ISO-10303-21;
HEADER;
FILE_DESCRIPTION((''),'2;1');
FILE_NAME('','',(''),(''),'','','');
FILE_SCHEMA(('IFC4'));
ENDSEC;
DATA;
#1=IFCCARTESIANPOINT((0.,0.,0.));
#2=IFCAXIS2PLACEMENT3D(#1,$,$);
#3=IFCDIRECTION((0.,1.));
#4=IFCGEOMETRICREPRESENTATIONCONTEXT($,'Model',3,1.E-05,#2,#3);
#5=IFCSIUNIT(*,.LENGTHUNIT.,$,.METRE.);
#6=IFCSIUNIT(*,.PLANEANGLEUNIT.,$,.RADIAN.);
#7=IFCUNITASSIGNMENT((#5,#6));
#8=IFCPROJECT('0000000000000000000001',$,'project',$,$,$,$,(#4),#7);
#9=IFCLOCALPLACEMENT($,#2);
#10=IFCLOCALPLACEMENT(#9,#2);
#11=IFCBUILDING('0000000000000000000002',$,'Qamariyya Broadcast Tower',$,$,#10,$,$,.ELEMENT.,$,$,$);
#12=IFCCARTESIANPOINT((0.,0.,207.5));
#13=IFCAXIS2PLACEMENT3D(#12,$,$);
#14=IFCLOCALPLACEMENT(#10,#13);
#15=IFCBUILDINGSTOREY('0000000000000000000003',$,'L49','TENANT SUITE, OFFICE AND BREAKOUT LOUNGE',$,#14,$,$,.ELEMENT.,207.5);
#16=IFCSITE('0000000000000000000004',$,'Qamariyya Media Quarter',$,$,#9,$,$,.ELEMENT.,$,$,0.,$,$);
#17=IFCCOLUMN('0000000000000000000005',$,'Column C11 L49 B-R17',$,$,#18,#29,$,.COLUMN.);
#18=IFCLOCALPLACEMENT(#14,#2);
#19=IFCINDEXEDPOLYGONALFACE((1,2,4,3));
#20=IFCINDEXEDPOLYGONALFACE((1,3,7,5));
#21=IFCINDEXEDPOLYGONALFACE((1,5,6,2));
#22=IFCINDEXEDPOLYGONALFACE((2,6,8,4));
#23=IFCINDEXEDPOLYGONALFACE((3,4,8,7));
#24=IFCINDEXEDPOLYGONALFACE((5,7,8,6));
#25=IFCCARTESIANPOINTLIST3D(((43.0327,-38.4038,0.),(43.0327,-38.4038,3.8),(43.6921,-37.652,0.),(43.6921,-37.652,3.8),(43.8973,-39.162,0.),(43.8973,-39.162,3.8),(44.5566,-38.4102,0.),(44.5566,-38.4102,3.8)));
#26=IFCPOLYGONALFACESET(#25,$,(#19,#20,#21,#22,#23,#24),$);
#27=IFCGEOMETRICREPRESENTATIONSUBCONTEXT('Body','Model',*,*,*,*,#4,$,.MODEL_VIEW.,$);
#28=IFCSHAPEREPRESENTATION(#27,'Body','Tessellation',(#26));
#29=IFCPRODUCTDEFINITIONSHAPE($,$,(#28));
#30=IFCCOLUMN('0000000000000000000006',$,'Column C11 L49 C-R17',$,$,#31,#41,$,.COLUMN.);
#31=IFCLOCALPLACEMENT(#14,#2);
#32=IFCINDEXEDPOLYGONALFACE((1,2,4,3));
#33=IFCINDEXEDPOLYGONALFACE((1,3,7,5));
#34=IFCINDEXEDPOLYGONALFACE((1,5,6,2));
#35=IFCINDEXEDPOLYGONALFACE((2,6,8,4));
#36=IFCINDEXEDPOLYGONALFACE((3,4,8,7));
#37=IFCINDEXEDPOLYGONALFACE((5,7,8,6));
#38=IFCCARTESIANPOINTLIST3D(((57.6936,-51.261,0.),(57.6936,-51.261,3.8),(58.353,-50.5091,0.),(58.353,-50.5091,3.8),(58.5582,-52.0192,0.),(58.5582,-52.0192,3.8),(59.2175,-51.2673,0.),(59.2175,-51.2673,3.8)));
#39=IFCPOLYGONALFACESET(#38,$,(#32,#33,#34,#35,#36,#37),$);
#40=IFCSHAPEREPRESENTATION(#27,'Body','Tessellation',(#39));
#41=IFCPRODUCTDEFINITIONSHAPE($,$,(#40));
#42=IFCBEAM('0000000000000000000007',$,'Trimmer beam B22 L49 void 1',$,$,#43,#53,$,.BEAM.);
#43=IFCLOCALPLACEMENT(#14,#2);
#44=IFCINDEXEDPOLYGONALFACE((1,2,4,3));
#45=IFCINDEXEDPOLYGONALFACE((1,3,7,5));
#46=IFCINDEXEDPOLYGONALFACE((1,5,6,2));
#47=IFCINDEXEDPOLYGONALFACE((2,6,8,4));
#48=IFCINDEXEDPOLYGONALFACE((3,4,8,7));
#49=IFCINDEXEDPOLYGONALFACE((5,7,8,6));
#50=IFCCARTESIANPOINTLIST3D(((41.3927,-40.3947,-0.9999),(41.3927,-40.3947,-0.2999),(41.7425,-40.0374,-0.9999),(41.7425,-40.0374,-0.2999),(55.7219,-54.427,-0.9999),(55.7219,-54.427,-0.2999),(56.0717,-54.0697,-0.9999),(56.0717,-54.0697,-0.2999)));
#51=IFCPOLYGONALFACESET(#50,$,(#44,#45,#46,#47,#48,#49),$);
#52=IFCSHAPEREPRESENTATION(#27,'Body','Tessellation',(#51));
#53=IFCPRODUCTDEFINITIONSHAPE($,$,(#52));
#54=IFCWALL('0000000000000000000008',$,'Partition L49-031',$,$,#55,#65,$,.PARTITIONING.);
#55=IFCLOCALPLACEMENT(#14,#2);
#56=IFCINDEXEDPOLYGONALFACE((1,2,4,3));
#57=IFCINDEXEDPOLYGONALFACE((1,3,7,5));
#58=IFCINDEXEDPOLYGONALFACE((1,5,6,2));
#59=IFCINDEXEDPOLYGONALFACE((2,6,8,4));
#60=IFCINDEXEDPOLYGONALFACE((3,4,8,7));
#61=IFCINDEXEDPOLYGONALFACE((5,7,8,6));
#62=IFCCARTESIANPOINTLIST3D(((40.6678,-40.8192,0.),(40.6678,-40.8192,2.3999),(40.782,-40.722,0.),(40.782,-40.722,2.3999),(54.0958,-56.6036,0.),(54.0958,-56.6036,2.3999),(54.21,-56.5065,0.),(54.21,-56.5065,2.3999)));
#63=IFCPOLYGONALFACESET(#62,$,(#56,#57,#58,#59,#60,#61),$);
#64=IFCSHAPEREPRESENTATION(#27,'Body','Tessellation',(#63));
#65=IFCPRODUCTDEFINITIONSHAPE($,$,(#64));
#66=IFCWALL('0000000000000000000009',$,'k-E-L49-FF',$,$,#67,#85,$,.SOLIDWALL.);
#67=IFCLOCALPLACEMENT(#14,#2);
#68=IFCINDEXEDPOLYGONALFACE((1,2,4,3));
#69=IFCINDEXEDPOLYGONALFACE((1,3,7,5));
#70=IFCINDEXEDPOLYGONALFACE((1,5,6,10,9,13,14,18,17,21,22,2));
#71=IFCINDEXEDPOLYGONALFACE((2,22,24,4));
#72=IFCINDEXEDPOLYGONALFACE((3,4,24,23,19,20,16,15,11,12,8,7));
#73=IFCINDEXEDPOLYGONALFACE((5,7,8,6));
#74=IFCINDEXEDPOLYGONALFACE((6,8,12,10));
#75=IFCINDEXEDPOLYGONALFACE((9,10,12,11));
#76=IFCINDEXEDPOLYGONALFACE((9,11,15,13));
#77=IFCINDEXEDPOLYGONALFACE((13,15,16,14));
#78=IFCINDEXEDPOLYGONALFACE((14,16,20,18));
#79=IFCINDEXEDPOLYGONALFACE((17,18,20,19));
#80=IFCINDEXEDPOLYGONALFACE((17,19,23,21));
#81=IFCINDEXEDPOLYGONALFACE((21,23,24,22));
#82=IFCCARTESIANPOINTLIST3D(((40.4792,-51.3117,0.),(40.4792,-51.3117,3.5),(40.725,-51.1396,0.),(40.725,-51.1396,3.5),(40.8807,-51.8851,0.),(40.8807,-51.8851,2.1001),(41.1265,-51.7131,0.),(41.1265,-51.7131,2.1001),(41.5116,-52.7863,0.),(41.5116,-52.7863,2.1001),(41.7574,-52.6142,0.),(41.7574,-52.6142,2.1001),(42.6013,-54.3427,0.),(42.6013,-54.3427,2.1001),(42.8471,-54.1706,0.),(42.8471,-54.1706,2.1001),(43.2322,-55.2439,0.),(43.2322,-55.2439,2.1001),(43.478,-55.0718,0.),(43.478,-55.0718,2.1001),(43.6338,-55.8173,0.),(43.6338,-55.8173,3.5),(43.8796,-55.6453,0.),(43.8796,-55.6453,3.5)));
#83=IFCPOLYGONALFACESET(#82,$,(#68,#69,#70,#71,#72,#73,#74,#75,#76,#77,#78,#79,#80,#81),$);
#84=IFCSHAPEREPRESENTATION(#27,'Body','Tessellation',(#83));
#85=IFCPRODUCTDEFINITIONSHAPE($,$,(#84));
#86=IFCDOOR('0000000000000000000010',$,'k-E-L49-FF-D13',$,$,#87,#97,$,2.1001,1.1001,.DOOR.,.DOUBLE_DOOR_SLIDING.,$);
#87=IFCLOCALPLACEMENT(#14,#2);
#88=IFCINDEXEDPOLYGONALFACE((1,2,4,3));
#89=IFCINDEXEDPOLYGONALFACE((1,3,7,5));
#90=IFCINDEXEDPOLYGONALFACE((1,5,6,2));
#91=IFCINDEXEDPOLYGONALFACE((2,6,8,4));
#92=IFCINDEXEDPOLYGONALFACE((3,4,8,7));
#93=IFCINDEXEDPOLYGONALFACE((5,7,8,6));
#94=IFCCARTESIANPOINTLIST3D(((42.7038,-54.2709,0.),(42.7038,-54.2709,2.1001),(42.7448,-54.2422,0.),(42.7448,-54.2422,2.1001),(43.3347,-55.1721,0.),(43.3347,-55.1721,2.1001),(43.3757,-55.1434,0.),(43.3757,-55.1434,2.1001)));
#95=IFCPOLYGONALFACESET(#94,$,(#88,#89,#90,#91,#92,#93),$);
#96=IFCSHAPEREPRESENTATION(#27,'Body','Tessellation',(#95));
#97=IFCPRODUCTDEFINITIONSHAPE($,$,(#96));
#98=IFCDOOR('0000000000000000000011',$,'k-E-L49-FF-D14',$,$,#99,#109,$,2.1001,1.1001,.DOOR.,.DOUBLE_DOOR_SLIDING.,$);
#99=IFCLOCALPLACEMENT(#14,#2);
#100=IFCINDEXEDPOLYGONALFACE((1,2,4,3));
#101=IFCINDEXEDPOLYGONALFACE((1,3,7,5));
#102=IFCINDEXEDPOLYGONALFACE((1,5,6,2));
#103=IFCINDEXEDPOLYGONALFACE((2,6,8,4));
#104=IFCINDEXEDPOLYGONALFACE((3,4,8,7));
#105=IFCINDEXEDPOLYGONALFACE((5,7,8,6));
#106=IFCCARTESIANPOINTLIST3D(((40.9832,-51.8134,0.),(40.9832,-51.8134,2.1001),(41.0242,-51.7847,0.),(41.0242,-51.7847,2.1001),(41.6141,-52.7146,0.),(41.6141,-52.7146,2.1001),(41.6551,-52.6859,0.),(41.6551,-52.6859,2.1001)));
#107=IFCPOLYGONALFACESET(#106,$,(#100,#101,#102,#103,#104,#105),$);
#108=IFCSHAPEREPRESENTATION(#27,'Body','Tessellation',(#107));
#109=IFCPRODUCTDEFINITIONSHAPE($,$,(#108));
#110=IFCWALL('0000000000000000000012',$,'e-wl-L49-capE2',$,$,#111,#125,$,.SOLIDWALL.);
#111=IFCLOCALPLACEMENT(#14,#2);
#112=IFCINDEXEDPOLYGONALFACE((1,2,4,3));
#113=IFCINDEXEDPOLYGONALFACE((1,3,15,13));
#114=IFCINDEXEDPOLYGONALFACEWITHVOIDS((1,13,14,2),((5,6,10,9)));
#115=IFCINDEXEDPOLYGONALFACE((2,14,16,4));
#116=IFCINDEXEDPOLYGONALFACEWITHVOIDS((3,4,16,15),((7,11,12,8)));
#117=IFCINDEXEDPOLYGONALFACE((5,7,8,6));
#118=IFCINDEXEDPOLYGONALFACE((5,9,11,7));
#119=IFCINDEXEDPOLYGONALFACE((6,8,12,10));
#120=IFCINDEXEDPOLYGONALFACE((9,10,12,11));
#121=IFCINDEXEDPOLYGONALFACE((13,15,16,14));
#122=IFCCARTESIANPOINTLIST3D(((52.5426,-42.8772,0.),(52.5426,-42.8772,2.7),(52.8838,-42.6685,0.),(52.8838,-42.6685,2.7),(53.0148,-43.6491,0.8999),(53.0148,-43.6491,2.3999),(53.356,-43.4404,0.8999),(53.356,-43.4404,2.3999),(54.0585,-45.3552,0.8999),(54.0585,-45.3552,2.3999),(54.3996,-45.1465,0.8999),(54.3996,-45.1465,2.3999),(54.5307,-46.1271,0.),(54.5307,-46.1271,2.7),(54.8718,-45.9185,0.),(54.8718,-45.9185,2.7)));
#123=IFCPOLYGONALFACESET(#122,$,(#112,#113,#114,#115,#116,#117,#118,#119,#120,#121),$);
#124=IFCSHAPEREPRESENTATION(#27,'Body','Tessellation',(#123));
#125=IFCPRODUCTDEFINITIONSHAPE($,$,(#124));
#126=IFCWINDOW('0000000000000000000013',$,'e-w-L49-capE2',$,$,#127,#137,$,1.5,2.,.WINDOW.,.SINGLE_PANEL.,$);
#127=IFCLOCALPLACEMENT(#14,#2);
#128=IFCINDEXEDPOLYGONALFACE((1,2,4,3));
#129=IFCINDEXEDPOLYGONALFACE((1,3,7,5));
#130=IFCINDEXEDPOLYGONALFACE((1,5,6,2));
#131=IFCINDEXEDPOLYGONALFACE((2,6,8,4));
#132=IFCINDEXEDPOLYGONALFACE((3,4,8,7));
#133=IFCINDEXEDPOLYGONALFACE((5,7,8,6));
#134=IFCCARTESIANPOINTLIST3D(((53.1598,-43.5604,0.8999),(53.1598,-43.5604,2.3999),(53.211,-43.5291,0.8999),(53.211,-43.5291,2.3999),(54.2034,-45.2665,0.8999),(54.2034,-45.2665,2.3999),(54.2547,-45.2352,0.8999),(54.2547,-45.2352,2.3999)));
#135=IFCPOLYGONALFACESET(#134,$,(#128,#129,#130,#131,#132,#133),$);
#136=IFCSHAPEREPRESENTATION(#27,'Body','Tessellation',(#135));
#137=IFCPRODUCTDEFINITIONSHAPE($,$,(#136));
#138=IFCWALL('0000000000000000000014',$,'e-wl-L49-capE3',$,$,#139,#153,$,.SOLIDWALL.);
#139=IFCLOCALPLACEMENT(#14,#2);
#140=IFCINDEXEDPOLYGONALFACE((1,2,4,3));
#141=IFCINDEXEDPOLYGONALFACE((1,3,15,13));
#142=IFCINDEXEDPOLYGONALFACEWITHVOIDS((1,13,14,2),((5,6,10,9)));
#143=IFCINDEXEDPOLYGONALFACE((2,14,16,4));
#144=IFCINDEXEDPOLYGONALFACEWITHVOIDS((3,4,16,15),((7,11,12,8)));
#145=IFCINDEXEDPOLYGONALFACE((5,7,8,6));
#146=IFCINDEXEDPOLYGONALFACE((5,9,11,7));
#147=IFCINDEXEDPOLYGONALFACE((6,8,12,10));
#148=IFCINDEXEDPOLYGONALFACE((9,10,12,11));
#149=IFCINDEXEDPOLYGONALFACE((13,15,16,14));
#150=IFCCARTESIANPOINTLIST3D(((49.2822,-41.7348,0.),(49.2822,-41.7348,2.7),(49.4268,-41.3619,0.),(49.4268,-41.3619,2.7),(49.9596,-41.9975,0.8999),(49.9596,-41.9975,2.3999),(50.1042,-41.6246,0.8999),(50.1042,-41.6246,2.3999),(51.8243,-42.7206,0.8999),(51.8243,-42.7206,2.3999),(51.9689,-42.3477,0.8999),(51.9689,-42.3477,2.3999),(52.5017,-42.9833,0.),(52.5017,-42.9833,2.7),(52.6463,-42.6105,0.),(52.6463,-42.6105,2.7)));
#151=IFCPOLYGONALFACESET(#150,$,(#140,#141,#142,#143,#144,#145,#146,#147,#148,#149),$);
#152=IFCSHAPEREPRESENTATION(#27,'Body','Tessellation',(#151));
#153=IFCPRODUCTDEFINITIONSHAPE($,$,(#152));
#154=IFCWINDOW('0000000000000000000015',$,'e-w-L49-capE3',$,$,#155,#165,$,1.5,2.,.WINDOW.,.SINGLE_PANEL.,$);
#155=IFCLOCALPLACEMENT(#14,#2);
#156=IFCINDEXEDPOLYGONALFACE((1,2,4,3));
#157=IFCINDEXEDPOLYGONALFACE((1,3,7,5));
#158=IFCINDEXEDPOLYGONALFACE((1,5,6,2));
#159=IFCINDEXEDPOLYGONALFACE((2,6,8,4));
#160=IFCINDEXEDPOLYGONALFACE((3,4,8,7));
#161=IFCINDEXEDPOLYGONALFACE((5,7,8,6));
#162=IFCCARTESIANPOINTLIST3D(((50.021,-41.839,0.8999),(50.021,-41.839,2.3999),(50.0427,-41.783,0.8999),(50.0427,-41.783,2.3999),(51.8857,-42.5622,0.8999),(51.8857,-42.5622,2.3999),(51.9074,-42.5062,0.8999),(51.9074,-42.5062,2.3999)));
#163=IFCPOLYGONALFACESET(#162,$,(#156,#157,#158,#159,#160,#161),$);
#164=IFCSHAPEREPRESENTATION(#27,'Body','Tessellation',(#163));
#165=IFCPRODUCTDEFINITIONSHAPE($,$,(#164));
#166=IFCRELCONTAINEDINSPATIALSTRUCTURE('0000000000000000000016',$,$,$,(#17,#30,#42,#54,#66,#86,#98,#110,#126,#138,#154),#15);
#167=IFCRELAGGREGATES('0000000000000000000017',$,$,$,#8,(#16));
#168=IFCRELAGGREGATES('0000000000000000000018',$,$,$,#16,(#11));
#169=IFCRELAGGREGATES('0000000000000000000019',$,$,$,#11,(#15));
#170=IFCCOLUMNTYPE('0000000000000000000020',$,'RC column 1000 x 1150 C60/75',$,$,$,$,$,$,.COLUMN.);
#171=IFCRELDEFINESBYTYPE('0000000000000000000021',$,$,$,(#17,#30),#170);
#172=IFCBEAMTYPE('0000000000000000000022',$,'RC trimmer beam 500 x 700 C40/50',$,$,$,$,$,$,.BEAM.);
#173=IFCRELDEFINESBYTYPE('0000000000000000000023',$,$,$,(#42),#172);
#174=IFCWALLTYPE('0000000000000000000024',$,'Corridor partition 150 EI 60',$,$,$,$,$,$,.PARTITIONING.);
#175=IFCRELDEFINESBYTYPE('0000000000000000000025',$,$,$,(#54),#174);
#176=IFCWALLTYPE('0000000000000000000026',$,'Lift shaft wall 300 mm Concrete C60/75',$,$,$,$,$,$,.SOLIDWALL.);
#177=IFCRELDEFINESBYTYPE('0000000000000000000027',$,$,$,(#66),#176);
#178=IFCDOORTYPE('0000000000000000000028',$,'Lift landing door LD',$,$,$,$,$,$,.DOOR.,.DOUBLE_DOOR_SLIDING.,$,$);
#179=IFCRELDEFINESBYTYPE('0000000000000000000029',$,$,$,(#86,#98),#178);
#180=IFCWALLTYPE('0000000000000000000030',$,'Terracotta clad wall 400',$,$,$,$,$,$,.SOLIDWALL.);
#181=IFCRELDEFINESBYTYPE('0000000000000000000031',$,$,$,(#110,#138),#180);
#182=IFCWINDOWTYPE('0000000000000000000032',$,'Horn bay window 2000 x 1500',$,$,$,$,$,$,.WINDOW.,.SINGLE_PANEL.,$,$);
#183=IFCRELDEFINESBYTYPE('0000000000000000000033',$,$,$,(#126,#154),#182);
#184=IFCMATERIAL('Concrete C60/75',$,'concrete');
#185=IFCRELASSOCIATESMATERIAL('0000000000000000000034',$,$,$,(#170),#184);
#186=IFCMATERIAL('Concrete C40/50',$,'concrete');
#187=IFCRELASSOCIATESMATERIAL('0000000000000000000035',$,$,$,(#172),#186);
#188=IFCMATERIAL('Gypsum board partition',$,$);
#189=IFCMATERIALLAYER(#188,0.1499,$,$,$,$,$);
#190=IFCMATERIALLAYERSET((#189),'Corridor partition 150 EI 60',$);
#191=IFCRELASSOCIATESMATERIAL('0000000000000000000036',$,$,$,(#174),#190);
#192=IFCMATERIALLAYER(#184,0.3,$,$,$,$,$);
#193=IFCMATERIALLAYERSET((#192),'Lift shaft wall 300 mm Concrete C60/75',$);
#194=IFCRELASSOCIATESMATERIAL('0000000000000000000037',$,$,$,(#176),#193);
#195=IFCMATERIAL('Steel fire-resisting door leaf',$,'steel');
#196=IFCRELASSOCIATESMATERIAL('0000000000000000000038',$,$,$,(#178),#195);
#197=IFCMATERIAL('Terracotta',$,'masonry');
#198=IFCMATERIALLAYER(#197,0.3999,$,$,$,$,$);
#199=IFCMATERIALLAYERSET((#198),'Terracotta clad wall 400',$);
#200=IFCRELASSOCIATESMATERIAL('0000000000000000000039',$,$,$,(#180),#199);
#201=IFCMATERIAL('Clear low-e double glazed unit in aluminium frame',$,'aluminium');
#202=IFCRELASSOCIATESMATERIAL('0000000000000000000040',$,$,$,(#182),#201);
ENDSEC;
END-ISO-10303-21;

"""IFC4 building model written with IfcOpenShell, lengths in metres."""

from ifc_helpers import new_model, si_unit, direction, frame, frame_2d, origin, origin_2d, place, context, subcontext, project, spatial, rectangle, extrude, material, layer, layer_set, material_profile, profile_set, type_object, element, fill, save


model = new_model("IFC4")

# Units and contexts
model_context = context("Model", 3, precision=1e-05, world=origin(), true_north=direction((0.0, 1.0)))
body_context = subcontext(model_context, "Body", "Model", "MODEL_VIEW")
ifc_project = project(units=[si_unit("LENGTHUNIT", "METRE"), si_unit("PLANEANGLEUNIT", "RADIAN")], contexts=[model_context])

# Site, building, storey
site_placement = place(None, origin())
site = spatial("IfcSite", under=ifc_project, at=site_placement, Name="Qamariyya Media Quarter", CompositionType="ELEMENT", RefElevation=0.0)
building_placement = place(site_placement, origin())
building = spatial("IfcBuilding", under=site, at=building_placement, Name="Qamariyya Broadcast Tower", CompositionType="ELEMENT")
storey_placement = place(building_placement, frame((0.0, 0.0, 207.5)))
storey = spatial("IfcBuildingStorey", under=building, at=storey_placement, Name="L49", Description="TENANT SUITE, OFFICE AND BREAKOUT LOUNGE", CompositionType="ELEMENT", Elevation=207.5)

# Columns
ifc_material_1 = material(Name="Concrete C60/75", Category="concrete")
ifc_material_profile_1 = material_profile(ifc_material_1, rectangle(XDim=1.0, YDim=1.1499, at=origin_2d()))
ifc_profile_set_1 = profile_set([ifc_material_profile_1], Name="Concrete C60/75")
column_type = type_object("IfcColumnType", Name="RC column 1000 x 1150 C60/75", PredefinedType="COLUMN", material=ifc_profile_set_1)
for number, where, z_axis, x_axis, name in (
    (1, (43.7947, -38.407, 0.0), (0.0, 0.0, 1.0), (0.659346, 0.75184, 0.0), "Column C11 L49 B-R17"),
    (2, (58.4556, -51.2642, 0.0), (0.0, 0.0, 1.0), (0.659346, 0.75184, 0.0), "Column C11 L49 C-R17"),
):
    element("IfcColumn", number, at=place(storey_placement, frame(where, z_axis=z_axis, x_axis=x_axis)), inside=storey, type_object=column_type, Name=name, PredefinedType="COLUMN", context=body_context, shape_type="SweptSolid", body=[
        extrude(rectangle(XDim=1.0, YDim=1.1499, at=origin_2d()), origin(), (0.0, 0.0, 1.0), 3.8),
    ])

# Beam
ifc_material_2 = material(Name="Concrete C40/50", Category="concrete")
ifc_material_profile_2 = material_profile(ifc_material_2, rectangle(XDim=0.5, YDim=0.7, at=origin_2d()))
ifc_profile_set_2 = profile_set([ifc_material_profile_2], Name="Concrete C40/50")
beam_type = type_object("IfcBeamType", Name="RC trimmer beam 500 x 700 C40/50", PredefinedType="BEAM", material=ifc_profile_set_2)
beam_placement = place(storey_placement, frame((41.5676, -40.2161, -0.6499), z_axis=(0.714469, -0.699667, 0.0), x_axis=(0.699667, 0.714469, 0.0)))
element("IfcBeam", 3, at=beam_placement, inside=storey, type_object=beam_type, Name="Trimmer beam B22 L49 void 1", PredefinedType="BEAM", context=body_context, shape_type="SweptSolid", body=[
    extrude(rectangle(XDim=0.5, YDim=0.7, at=origin_2d()), origin(), (0.0, 0.0, 1.0), 20.0557),
])

# Wall
ifc_material_3 = material(Name="Gypsum board partition")
ifc_layer_1 = layer(ifc_material_3, 0.1499)
ifc_layer_set_1 = layer_set([ifc_layer_1], Name="Corridor partition 150 EI 60")
wall_type_1 = type_object("IfcWallType", Name="Corridor partition 150 EI 60", PredefinedType="PARTITIONING", material=ifc_layer_set_1)
wall_1_placement = place(storey_placement, frame((40.7249, -40.7705, 0.0), z_axis=(0.0, 0.0, 1.0), x_axis=(0.647963, -0.761672, 0.0)))
element("IfcWall", 4, at=wall_1_placement, inside=storey, type_object=wall_type_1, Name="Partition L49-031", PredefinedType="PARTITIONING", context=body_context, shape_type="SweptSolid", body=[
    extrude(rectangle(XDim=20.7234, YDim=0.1499, at=frame_2d((10.3618, 0.0))), origin(), (0.0, 0.0, 1.0), 2.3999),
])

# Wall, openings, doors
ifc_layer_2 = layer(ifc_material_1, 0.3)
ifc_layer_set_2 = layer_set([ifc_layer_2], Name="Lift shaft wall 300 mm Concrete C60/75")
wall_type_2 = type_object("IfcWallType", Name="Lift shaft wall 300 mm Concrete C60/75", PredefinedType="SOLIDWALL", material=ifc_layer_set_2)
wall_2_placement = place(storey_placement, frame((43.7566, -55.7312, 0.0), z_axis=(0.0, 0.0, 1.0), x_axis=(-0.573537, 0.81918, 0.0)))
wall_2 = element("IfcWall", 5, at=wall_2_placement, inside=storey, type_object=wall_type_2, Name="k-E-L49-FF", PredefinedType="SOLIDWALL", context=body_context, shape_type="SweptSolid", body=[
    extrude(rectangle(XDim=5.5002, YDim=0.3, at=frame_2d((2.75, 0.0))), origin(), (0.0, 0.0, 1.0), 3.5),
])
opening_1_placement = place(wall_2_placement, frame((0.7, 0.0, 0.0)))
opening_1 = element("IfcOpeningElement", 6, at=opening_1_placement, cuts=wall_2, PredefinedType="OPENING", context=body_context, shape_type="SweptSolid", body=[
    extrude(rectangle(XDim=1.1001, YDim=2.1001, at=frame_2d((0.55, 1.05))), frame((0.0, 0.1599, 0.0), z_axis=(0.0, -1.0, 0.0), x_axis=(1.0, 0.0, 0.0)), (0.0, 0.0, 1.0), 0.3201),
])
opening_2_placement = place(wall_2_placement, frame((3.7, 0.0, 0.0)))
opening_2 = element("IfcOpeningElement", 7, at=opening_2_placement, cuts=wall_2, PredefinedType="OPENING", context=body_context, shape_type="SweptSolid", body=[
    extrude(rectangle(XDim=1.1001, YDim=2.1001, at=frame_2d((0.55, 1.05))), frame((0.0, 0.1599, 0.0), z_axis=(0.0, -1.0, 0.0), x_axis=(1.0, 0.0, 0.0)), (0.0, 0.0, 1.0), 0.3201),
])
ifc_material_4 = material(Name="Steel fire-resisting door leaf", Category="steel")
door_type = type_object("IfcDoorType", Name="Lift landing door LD", OperationType="DOUBLE_DOOR_SLIDING", PredefinedType="DOOR", material=ifc_material_4)
door_1_placement = place(opening_1_placement, origin())
door_1 = element("IfcDoor", 8, at=door_1_placement, inside=storey, type_object=door_type, Name="k-E-L49-FF-D13", OperationType="DOUBLE_DOOR_SLIDING", OverallHeight=2.1001, OverallWidth=1.1001, PredefinedType="DOOR", context=body_context, shape_type="SweptSolid", body=[
    extrude(rectangle(XDim=1.1001, YDim=2.1001, at=frame_2d((0.55, 1.05))), frame((0.0, 0.0249, 0.0), z_axis=(0.0, -1.0, 0.0), x_axis=(1.0, 0.0, 0.0)), (0.0, 0.0, 1.0), 0.05),
])
fill(opening_1, door_1)
door_2_placement = place(opening_2_placement, origin())
door_2 = element("IfcDoor", 9, at=door_2_placement, inside=storey, type_object=door_type, Name="k-E-L49-FF-D14", OperationType="DOUBLE_DOOR_SLIDING", OverallHeight=2.1001, OverallWidth=1.1001, PredefinedType="DOOR", context=body_context, shape_type="SweptSolid", body=[
    extrude(rectangle(XDim=1.1001, YDim=2.1001, at=frame_2d((0.55, 1.05))), frame((0.0, 0.0249, 0.0), z_axis=(0.0, -1.0, 0.0), x_axis=(1.0, 0.0, 0.0)), (0.0, 0.0, 1.0), 0.05),
])
fill(opening_2, door_2)

# Walls, openings, windows
ifc_material_5 = material(Name="Terracotta", Category="masonry")
ifc_layer_3 = layer(ifc_material_5, 0.3999)
ifc_layer_set_3 = layer_set([ifc_layer_3], Name="Terracotta clad wall 400")
wall_type_3 = type_object("IfcWallType", Name="Terracotta clad wall 400", PredefinedType="SOLIDWALL", material=ifc_layer_set_3)
wall_3_placement = place(storey_placement, frame((54.7012, -46.0227, 0.0), z_axis=(0.0, 0.0, 1.0), x_axis=(-0.521818, 0.853057, 0.0)))
wall_3 = element("IfcWall", 10, at=wall_3_placement, inside=storey, type_object=wall_type_3, Name="e-wl-L49-capE2", PredefinedType="SOLIDWALL", context=body_context, shape_type="SweptSolid", body=[
    extrude(rectangle(XDim=3.8098, YDim=0.3999, at=frame_2d((1.9048, 0.0))), origin(), (0.0, 0.0, 1.0), 2.7),
])
opening_3_placement = place(wall_3_placement, frame((0.9048, 0.0, 0.8999)))
opening_3 = element("IfcOpeningElement", 11, at=opening_3_placement, cuts=wall_3, PredefinedType="OPENING", context=body_context, shape_type="SweptSolid", body=[
    extrude(rectangle(XDim=2.0, YDim=1.5, at=frame_2d((1.0, 0.75))), frame((0.0, 0.21, 0.0), z_axis=(0.0, -1.0, 0.0), x_axis=(1.0, 0.0, 0.0)), (0.0, 0.0, 1.0), 0.4199),
])
ifc_material_6 = material(Name="Clear low-e double glazed unit in aluminium frame", Category="aluminium")
window_type_1 = type_object("IfcWindowType", Name="Horn bay window 2000 x 1500", PartitioningType="SINGLE_PANEL", PredefinedType="WINDOW", material=ifc_material_6)
window_1_placement = place(opening_3_placement, origin())
window_1 = element("IfcWindow", 12, at=window_1_placement, inside=storey, type_object=window_type_1, Name="e-w-L49-capE2", OverallHeight=1.5, OverallWidth=2.0, PartitioningType="SINGLE_PANEL", PredefinedType="WINDOW", context=body_context, shape_type="SweptSolid", body=[
    extrude(rectangle(XDim=2.0, YDim=1.5, at=frame_2d((1.0, 0.75))), frame((0.0, 0.03, 0.0), z_axis=(0.0, -1.0, 0.0), x_axis=(1.0, 0.0, 0.0)), (0.0, 0.0, 1.0), 0.0601),
])
fill(opening_3, window_1)
wall_4_placement = place(storey_placement, frame((52.574, -42.7969, 0.0), z_axis=(0.0, 0.0, 1.0), x_axis=(-0.932345, 0.361569, 0.0)))
wall_4 = element("IfcWall", 13, at=wall_4_placement, inside=storey, type_object=wall_type_3, Name="e-wl-L49-capE3", PredefinedType="SOLIDWALL", context=body_context, shape_type="SweptSolid", body=[
    extrude(rectangle(XDim=3.4531, YDim=0.3999, at=frame_2d((1.7266, 0.0))), origin(), (0.0, 0.0, 1.0), 2.7),
])
opening_4_placement = place(wall_4_placement, frame((0.7266, 0.0, 0.8999)))
opening_4 = element("IfcOpeningElement", 14, at=opening_4_placement, cuts=wall_4, PredefinedType="OPENING", context=body_context, shape_type="SweptSolid", body=[
    extrude(rectangle(XDim=2.0, YDim=1.5, at=frame_2d((1.0, 0.75))), frame((0.0, 0.21, 0.0), z_axis=(0.0, -1.0, 0.0), x_axis=(1.0, 0.0, 0.0)), (0.0, 0.0, 1.0), 0.4199),
])
window_2_placement = place(opening_4_placement, origin())
window_2 = element("IfcWindow", 15, at=window_2_placement, inside=storey, type_object=window_type_1, Name="e-w-L49-capE3", OverallHeight=1.5, OverallWidth=2.0, PartitioningType="SINGLE_PANEL", PredefinedType="WINDOW", context=body_context, shape_type="SweptSolid", body=[
    extrude(rectangle(XDim=2.0, YDim=1.5, at=frame_2d((1.0, 0.75))), frame((0.0, 0.03, 0.0), z_axis=(0.0, -1.0, 0.0), x_axis=(1.0, 0.0, 0.0)), (0.0, 0.0, 1.0), 0.0601),
])
fill(opening_4, window_2)

save(model, "model.ifc")
